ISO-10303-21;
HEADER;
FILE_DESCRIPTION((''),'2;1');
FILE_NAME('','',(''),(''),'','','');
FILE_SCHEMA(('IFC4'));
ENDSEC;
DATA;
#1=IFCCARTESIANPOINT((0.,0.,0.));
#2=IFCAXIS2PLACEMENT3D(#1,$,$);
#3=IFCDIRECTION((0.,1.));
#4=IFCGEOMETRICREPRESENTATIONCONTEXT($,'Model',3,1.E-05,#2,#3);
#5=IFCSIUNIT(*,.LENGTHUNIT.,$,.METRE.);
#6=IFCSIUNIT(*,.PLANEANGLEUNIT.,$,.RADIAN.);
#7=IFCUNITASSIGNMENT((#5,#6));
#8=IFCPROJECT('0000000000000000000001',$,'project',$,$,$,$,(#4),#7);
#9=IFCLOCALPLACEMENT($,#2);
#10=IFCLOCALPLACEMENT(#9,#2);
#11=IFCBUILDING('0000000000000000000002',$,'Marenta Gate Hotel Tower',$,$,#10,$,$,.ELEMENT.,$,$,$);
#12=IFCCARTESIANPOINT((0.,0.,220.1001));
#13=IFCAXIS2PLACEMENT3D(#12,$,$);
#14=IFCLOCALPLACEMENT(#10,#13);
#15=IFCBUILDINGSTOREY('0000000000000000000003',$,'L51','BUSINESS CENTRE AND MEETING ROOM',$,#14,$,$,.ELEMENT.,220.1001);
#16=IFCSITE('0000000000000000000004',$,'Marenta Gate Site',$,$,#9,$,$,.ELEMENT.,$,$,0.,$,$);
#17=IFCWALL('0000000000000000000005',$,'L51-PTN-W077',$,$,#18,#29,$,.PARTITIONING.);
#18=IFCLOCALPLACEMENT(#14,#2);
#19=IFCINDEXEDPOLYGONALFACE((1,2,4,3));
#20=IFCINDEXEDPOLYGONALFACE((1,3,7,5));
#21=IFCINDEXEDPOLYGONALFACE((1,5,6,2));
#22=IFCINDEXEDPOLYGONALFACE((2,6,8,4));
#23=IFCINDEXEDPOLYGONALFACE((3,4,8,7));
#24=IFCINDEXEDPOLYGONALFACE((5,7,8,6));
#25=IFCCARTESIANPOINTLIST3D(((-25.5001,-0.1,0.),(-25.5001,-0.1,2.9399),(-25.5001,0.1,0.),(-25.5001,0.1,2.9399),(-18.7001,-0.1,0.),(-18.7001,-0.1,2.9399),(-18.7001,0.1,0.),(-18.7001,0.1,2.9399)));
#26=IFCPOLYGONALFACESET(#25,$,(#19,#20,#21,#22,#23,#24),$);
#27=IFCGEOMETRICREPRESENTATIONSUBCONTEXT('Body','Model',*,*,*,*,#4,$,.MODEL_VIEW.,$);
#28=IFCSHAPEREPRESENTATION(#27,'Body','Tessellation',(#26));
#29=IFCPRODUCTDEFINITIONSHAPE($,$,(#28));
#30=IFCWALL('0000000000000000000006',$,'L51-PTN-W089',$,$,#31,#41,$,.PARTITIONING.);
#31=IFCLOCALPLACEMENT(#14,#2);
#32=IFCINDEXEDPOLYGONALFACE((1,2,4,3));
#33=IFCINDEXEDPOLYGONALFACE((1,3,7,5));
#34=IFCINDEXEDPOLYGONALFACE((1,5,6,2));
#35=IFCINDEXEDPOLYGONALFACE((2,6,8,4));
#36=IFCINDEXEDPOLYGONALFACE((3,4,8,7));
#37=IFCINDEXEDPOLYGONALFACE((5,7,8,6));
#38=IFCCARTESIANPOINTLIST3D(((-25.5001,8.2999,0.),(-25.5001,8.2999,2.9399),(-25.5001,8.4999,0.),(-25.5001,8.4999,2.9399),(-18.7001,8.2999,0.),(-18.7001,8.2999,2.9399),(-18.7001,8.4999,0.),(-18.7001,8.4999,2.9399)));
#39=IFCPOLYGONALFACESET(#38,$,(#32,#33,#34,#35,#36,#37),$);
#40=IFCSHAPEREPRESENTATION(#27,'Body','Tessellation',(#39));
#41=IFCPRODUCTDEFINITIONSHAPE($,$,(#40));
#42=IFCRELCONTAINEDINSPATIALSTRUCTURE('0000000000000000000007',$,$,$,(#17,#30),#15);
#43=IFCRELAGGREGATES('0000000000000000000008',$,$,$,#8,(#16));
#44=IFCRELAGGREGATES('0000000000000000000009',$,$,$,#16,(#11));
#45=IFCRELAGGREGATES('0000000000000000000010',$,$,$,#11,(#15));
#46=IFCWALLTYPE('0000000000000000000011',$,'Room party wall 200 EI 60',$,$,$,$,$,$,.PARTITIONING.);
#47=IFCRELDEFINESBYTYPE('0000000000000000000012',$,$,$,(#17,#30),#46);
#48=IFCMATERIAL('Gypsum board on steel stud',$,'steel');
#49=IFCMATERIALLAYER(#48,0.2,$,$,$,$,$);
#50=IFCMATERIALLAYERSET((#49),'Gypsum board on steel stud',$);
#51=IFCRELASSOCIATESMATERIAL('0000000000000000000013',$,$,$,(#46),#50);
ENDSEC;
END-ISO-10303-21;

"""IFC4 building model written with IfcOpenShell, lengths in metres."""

from ifc_helpers import new_model, si_unit, direction, frame, frame_2d, origin, place, context, subcontext, project, spatial, rectangle, extrude, material, layer, layer_set, type_object, element, save


model = new_model("IFC4")

# Units and contexts
model_context = context("Model", 3, precision=1e-05, world=origin(), true_north=direction((0.0, 1.0)))
body_context = subcontext(model_context, "Body", "Model", "MODEL_VIEW")
ifc_project = project(units=[si_unit("LENGTHUNIT", "METRE"), si_unit("PLANEANGLEUNIT", "RADIAN")], contexts=[model_context])

# Site, building, storey
site_placement = place(None, origin())
site = spatial("IfcSite", under=ifc_project, at=site_placement, Name="Marenta Gate Site", CompositionType="ELEMENT", RefElevation=0.0)
building_placement = place(site_placement, origin())
building = spatial("IfcBuilding", under=site, at=building_placement, Name="Marenta Gate Hotel Tower", CompositionType="ELEMENT")
storey_placement = place(building_placement, frame((0.0, 0.0, 220.1001)))
storey = spatial("IfcBuildingStorey", under=building, at=storey_placement, Name="L51", Description="BUSINESS CENTRE AND MEETING ROOM", CompositionType="ELEMENT", Elevation=220.1001)

# Walls
ifc_material_1 = material(Name="Gypsum board on steel stud", Category="steel")
ifc_layer_1 = layer(ifc_material_1, 0.2)
ifc_layer_set_1 = layer_set([ifc_layer_1], Name="Gypsum board on steel stud")
wall_type_1 = type_object("IfcWallType", Name="Room party wall 200 EI 60", PredefinedType="PARTITIONING", material=ifc_layer_set_1)
for number, where, z_axis, x_axis, name in (
    (1, (-25.5, 0.0, 0.0), (0.0, 0.0, 1.0), (1.0, 0.0, 0.0), "L51-PTN-W077"),
    (2, (-25.5, 8.3999, 0.0), (0.0, 0.0, 1.0), (1.0, 0.0, 0.0), "L51-PTN-W089"),
):
    element("IfcWall", number, at=place(storey_placement, frame(where, z_axis=z_axis, x_axis=x_axis)), inside=storey, type_object=wall_type_1, Name=name, PredefinedType="PARTITIONING", context=body_context, shape_type="SweptSolid", body=[
        extrude(rectangle(XDim=6.8, YDim=0.2, at=frame_2d((3.3999, 0.0))), origin(), (0.0, 0.0, 1.0), 2.9399),
    ])

save(model, "model.ifc")
